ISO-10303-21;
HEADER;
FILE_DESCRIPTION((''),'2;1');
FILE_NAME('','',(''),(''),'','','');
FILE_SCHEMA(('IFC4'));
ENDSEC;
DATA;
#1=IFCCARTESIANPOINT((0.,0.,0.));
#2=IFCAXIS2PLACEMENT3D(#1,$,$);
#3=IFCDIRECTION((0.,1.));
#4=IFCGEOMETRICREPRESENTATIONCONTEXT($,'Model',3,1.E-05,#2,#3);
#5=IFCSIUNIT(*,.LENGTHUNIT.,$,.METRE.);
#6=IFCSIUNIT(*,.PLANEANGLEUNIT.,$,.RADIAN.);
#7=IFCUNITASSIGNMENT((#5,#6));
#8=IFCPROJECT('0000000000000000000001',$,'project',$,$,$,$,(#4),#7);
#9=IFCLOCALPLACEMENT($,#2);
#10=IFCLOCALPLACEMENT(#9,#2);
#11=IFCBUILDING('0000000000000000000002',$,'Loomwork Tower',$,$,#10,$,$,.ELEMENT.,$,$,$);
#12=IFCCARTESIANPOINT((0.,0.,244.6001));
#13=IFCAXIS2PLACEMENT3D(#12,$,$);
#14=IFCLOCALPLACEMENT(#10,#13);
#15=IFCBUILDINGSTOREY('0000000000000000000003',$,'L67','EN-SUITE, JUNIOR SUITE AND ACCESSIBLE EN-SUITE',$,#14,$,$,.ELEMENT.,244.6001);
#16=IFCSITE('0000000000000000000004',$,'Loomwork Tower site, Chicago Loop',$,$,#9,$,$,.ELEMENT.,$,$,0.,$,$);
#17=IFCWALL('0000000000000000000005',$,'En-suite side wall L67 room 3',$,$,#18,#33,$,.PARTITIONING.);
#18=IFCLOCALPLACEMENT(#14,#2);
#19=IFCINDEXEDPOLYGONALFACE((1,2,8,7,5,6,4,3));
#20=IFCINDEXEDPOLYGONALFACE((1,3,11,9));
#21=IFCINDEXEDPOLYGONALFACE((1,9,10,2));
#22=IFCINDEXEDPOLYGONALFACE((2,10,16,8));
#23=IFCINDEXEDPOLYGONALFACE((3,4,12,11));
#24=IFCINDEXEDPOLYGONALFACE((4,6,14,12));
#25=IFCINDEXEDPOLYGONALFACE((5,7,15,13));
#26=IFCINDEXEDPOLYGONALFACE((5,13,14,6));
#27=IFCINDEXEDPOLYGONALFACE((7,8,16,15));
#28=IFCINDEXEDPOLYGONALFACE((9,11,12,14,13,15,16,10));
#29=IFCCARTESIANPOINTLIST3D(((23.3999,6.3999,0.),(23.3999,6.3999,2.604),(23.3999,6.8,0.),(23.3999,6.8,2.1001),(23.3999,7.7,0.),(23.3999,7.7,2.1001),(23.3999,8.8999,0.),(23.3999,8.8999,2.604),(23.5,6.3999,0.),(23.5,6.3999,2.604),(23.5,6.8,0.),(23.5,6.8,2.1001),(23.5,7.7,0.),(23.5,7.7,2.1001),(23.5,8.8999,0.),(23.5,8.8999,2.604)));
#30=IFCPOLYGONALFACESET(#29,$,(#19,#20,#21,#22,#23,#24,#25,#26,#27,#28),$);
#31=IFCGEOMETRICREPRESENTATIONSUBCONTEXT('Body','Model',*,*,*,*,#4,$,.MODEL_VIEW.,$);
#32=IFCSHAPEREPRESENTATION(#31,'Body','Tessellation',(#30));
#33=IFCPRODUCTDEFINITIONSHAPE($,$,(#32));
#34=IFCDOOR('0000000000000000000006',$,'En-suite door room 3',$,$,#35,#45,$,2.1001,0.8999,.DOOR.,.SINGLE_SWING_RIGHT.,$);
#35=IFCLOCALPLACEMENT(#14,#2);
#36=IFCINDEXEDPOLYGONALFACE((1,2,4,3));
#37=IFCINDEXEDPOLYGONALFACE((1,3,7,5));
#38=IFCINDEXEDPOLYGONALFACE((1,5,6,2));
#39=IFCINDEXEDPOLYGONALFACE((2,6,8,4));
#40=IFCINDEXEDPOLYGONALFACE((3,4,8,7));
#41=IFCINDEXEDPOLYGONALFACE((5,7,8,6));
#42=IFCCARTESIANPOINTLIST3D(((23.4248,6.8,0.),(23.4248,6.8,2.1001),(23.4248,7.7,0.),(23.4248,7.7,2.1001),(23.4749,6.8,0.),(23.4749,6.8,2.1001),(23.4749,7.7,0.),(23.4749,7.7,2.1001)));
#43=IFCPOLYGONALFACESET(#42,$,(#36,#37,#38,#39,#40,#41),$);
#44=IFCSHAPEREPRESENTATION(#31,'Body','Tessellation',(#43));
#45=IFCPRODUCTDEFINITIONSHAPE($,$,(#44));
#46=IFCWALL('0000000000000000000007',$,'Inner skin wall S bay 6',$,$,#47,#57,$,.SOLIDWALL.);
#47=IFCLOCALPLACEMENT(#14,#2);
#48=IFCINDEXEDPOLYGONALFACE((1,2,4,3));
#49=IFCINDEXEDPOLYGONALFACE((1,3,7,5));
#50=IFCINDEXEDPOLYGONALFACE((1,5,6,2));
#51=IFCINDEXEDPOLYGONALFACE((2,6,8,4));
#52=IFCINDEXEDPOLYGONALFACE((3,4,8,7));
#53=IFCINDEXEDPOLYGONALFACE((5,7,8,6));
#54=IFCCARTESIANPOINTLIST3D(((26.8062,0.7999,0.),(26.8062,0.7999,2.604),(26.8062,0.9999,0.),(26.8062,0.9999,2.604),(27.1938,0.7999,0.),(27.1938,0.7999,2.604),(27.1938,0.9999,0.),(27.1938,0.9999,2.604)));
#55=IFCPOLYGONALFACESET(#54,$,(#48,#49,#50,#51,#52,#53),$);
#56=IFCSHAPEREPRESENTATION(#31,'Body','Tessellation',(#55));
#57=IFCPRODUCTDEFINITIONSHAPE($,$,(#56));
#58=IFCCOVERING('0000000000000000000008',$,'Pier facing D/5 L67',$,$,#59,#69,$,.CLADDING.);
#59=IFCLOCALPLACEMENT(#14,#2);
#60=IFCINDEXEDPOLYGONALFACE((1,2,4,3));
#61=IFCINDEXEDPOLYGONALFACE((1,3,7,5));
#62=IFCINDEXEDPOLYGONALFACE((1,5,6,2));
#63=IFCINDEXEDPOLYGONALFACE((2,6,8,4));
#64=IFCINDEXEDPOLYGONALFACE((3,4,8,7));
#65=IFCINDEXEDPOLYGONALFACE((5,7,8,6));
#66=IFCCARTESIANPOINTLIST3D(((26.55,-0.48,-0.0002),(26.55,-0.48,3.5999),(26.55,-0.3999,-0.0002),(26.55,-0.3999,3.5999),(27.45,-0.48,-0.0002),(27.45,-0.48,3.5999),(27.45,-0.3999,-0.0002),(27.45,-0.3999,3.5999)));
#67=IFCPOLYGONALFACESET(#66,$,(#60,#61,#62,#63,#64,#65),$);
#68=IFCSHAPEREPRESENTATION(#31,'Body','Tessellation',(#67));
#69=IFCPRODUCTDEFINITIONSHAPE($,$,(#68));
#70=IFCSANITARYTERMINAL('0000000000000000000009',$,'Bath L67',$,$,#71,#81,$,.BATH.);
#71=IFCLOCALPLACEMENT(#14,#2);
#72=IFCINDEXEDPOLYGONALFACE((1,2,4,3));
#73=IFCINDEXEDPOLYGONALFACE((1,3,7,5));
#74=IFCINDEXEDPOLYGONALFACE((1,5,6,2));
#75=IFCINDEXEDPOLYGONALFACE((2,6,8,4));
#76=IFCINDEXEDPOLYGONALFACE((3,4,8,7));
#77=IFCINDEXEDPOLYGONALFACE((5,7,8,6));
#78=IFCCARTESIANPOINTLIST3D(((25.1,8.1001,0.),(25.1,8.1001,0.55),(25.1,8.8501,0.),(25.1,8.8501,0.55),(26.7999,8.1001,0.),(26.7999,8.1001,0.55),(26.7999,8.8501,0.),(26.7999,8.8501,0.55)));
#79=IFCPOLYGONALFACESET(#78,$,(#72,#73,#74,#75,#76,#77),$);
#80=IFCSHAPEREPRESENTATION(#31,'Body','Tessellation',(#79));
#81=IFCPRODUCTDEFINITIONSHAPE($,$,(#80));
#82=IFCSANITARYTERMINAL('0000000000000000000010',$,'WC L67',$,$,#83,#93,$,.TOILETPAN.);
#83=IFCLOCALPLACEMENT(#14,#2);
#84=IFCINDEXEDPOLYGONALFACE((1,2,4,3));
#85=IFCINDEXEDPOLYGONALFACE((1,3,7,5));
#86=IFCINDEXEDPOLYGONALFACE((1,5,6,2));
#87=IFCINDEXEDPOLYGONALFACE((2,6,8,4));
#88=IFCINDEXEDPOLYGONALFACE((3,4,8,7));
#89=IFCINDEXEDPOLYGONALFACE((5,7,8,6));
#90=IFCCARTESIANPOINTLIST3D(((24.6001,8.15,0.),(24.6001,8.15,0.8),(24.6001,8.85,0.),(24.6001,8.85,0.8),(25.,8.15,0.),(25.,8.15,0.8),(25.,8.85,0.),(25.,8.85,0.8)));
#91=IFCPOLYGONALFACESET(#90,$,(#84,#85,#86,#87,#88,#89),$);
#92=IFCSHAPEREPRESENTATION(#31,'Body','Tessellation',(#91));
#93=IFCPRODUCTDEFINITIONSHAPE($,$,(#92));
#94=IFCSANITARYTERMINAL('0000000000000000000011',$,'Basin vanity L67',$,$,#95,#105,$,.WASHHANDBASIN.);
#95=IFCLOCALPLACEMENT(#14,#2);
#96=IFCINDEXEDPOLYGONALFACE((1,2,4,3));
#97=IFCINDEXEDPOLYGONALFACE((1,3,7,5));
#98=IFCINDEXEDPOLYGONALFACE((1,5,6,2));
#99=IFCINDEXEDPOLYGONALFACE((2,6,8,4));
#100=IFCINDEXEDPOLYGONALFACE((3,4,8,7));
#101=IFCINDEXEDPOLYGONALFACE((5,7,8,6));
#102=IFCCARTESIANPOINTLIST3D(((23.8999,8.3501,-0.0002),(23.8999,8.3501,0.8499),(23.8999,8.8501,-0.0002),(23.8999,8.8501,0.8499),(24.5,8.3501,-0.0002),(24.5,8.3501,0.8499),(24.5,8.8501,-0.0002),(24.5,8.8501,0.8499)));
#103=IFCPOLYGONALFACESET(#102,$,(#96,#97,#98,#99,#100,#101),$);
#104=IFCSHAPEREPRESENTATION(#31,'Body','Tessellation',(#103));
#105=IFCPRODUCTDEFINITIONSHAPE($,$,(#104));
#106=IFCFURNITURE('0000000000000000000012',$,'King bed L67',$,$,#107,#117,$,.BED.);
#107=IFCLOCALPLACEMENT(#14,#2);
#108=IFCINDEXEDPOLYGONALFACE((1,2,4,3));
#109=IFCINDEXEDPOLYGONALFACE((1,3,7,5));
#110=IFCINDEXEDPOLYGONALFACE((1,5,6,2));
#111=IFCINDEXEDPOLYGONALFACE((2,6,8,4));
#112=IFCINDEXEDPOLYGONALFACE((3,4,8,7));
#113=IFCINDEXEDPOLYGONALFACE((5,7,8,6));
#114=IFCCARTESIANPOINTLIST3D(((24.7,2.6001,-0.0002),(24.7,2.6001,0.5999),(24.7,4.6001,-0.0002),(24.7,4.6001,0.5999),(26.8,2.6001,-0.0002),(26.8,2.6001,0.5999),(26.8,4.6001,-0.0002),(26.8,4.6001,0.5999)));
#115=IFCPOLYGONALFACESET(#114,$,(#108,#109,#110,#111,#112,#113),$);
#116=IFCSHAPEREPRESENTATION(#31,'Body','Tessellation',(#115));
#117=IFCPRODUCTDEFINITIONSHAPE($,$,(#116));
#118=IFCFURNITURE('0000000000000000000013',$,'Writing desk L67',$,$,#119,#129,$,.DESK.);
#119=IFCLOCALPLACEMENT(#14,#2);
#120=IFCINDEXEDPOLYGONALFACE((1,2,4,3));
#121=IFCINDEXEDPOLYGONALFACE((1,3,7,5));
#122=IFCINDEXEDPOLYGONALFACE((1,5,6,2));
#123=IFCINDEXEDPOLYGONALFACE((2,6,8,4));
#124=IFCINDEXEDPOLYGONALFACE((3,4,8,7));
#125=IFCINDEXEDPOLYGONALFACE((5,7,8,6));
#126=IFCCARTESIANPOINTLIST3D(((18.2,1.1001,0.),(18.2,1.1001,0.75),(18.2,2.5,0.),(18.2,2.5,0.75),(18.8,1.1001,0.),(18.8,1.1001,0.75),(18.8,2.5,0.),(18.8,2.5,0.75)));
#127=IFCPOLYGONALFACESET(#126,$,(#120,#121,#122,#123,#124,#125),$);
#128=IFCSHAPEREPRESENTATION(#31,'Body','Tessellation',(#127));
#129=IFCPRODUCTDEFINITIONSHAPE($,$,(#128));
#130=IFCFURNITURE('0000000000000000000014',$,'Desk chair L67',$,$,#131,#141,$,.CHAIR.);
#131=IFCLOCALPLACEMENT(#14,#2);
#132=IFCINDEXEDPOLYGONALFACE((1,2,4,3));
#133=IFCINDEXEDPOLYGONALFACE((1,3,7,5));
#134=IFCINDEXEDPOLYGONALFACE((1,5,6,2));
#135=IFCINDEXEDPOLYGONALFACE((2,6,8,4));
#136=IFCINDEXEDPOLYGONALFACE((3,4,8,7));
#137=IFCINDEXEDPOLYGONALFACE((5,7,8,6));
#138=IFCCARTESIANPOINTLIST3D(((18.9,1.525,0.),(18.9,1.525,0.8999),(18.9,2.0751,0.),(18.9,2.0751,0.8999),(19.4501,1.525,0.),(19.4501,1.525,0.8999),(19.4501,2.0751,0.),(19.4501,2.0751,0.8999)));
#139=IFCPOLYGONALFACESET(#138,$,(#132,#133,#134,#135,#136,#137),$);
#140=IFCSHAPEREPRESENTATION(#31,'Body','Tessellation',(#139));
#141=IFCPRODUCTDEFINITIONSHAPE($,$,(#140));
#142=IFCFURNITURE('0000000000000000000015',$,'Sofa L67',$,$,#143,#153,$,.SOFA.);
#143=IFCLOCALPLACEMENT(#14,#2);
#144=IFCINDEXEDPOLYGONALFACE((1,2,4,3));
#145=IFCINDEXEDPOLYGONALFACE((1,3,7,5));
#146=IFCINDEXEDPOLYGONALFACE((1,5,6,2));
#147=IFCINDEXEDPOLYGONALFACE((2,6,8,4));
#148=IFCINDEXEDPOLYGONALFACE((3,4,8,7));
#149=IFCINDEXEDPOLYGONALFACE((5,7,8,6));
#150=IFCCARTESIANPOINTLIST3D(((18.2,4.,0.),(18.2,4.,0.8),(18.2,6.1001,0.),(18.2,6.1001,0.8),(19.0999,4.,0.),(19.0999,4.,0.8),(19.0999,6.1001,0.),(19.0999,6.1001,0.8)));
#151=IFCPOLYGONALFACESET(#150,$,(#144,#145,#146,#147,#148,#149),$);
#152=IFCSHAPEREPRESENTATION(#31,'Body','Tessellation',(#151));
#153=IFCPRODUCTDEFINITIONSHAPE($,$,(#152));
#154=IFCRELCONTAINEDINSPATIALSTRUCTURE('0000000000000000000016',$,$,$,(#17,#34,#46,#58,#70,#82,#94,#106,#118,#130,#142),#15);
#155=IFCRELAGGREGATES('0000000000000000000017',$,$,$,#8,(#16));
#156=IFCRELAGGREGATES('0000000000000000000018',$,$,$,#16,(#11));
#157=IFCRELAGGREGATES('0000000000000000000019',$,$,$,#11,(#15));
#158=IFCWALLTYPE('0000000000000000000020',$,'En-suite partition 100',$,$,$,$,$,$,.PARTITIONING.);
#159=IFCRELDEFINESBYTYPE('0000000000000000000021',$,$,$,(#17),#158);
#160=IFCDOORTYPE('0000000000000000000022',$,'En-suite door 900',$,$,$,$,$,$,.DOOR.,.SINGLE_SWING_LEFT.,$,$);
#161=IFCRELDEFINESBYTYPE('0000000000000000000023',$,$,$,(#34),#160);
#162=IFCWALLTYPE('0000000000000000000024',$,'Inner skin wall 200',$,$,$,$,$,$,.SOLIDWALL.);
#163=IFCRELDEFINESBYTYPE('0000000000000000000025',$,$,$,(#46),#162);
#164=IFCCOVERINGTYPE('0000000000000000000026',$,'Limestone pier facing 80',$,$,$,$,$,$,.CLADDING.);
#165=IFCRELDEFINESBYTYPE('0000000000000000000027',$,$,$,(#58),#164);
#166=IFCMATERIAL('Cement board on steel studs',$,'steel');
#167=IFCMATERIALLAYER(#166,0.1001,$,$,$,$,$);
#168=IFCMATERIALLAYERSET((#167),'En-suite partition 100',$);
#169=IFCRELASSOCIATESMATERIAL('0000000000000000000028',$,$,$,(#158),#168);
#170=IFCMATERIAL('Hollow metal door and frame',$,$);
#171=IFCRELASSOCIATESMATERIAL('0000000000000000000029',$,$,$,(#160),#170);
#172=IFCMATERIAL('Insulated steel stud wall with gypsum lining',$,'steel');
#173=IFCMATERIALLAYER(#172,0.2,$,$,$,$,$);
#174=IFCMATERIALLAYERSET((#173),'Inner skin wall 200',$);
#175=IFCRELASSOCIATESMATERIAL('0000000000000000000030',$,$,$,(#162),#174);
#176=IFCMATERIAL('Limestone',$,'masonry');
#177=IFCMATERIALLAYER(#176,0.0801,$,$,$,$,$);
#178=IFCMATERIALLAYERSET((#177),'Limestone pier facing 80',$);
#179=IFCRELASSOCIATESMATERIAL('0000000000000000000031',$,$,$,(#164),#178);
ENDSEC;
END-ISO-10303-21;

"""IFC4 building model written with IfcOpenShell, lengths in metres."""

from ifc_helpers import new_model, si_unit, direction, frame, frame_2d, origin, origin_2d, place, context, subcontext, project, spatial, rectangle, extrude, material, layer, layer_set, type_object, element, fill, save


model = new_model("IFC4")

# Units and contexts
model_context = context("Model", 3, precision=1e-05, world=origin(), true_north=direction((0.0, 1.0)))
body_context = subcontext(model_context, "Body", "Model", "MODEL_VIEW")
ifc_project = project(units=[si_unit("LENGTHUNIT", "METRE"), si_unit("PLANEANGLEUNIT", "RADIAN")], contexts=[model_context])

# Site, building, storey
site_placement = place(None, origin())
site = spatial("IfcSite", under=ifc_project, at=site_placement, Name="Loomwork Tower site, Chicago Loop", CompositionType="ELEMENT", RefElevation=0.0)
building_placement = place(site_placement, origin())
building = spatial("IfcBuilding", under=site, at=building_placement, Name="Loomwork Tower", CompositionType="ELEMENT")
storey_placement = place(building_placement, frame((0.0, 0.0, 244.6001)))
storey = spatial("IfcBuildingStorey", under=building, at=storey_placement, Name="L67", Description="EN-SUITE, JUNIOR SUITE AND ACCESSIBLE EN-SUITE", CompositionType="ELEMENT", Elevation=244.6001)

# Shared definitions
ifc_material_1 = material(Name="Cement board on steel studs", Category="steel")
ifc_layer_1 = layer(ifc_material_1, 0.1001)
ifc_layer_set_1 = layer_set([ifc_layer_1], Name="En-suite partition 100")
wall_type_1 = type_object("IfcWallType", Name="En-suite partition 100", PredefinedType="PARTITIONING", material=ifc_layer_set_1)

# Wall, opening, door
wall_1_placement = place(storey_placement, frame((23.45, 8.8999, 0.0), z_axis=(0.0, 0.0, 1.0), x_axis=(0.0, -1.0, 0.0)))
wall_1 = element("IfcWall", 1, at=wall_1_placement, inside=storey, type_object=wall_type_1, Name="En-suite side wall L67 room 3", PredefinedType="PARTITIONING", context=body_context, shape_type="SweptSolid", body=[
    extrude(rectangle(XDim=2.5, YDim=0.1001, at=frame_2d((1.25, 0.0))), origin(), (0.0, 0.0, 1.0), 2.604),
])
opening_1_placement = place(wall_1_placement, frame((1.2, 0.0, 0.0)))
opening_1 = element("IfcOpeningElement", 2, at=opening_1_placement, cuts=wall_1, PredefinedType="OPENING", context=body_context, shape_type="SweptSolid", body=[
    extrude(rectangle(XDim=0.8999, YDim=2.1001, at=frame_2d((0.45, 1.05))), frame((0.0, 0.0601, 0.0), z_axis=(0.0, -1.0, 0.0), x_axis=(1.0, 0.0, 0.0)), (0.0, 0.0, 1.0), 0.1201),
])
ifc_material_2 = material(Name="Hollow metal door and frame")
door_type_1 = type_object("IfcDoorType", Name="En-suite door 900", OperationType="SINGLE_SWING_LEFT", PredefinedType="DOOR", material=ifc_material_2)
door_1_placement = place(opening_1_placement, origin())
door_1 = element("IfcDoor", 3, at=door_1_placement, inside=storey, type_object=door_type_1, Name="En-suite door room 3", OperationType="SINGLE_SWING_RIGHT", OverallHeight=2.1001, OverallWidth=0.8999, PredefinedType="DOOR", context=body_context, shape_type="SweptSolid", body=[
    extrude(rectangle(XDim=0.8999, YDim=2.1001, at=frame_2d((0.45, 1.05))), frame((0.0, 0.0249, 0.0), z_axis=(0.0, -1.0, 0.0), x_axis=(1.0, 0.0, 0.0)), (0.0, 0.0, 1.0), 0.05),
])
fill(opening_1, door_1)

# Wall
ifc_material_3 = material(Name="Insulated steel stud wall with gypsum lining", Category="steel")
ifc_layer_2 = layer(ifc_material_3, 0.2)
ifc_layer_set_2 = layer_set([ifc_layer_2], Name="Inner skin wall 200")
wall_type_2 = type_object("IfcWallType", Name="Inner skin wall 200", PredefinedType="SOLIDWALL", material=ifc_layer_set_2)
wall_2_placement = place(storey_placement, frame((26.8062, 0.8999, 0.0), z_axis=(0.0, 0.0, 1.0), x_axis=(1.0, 0.0, 0.0)))
element("IfcWall", 4, at=wall_2_placement, inside=storey, type_object=wall_type_2, Name="Inner skin wall S bay 6", PredefinedType="SOLIDWALL", context=body_context, shape_type="SweptSolid", body=[
    extrude(rectangle(XDim=0.3877, YDim=0.2, at=frame_2d((0.1938, 0.0))), origin(), (0.0, 0.0, 1.0), 2.604),
])

# Covering
ifc_material_4 = material(Name="Limestone", Category="masonry")
ifc_layer_3 = layer(ifc_material_4, 0.0801)
ifc_layer_set_3 = layer_set([ifc_layer_3], Name="Limestone pier facing 80")
covering_type = type_object("IfcCoveringType", Name="Limestone pier facing 80", PredefinedType="CLADDING", material=ifc_layer_set_3)
covering_placement = place(storey_placement, frame((27.0, -0.4399, -0.0002), z_axis=(0.0, 0.0, 1.0), x_axis=(1.0, 0.0, 0.0)))
element("IfcCovering", 5, at=covering_placement, inside=storey, type_object=covering_type, Name="Pier facing D/5 L67", PredefinedType="CLADDING", context=body_context, shape_type="SweptSolid", body=[
    extrude(rectangle(XDim=0.8999, YDim=0.0801, at=origin_2d()), origin(), (0.0, 0.0, 1.0), 3.6001),
])

# Sanitary terminals
sanitary_terminal_1_placement = place(storey_placement, frame((25.95, 8.4751, 0.0), z_axis=(0.0, 0.0, 1.0), x_axis=(1.0, 0.0, 0.0)))
element("IfcSanitaryTerminal", 6, at=sanitary_terminal_1_placement, inside=storey, Name="Bath L67", PredefinedType="BATH", context=body_context, shape_type="SweptSolid", body=[
    extrude(rectangle(XDim=1.7, YDim=0.75, at=origin_2d()), origin(), (0.0, 0.0, 1.0), 0.55),
])
sanitary_terminal_2_placement = place(storey_placement, frame((24.8, 8.5, 0.0), z_axis=(0.0, 0.0, 1.0), x_axis=(1.0, 0.0, 0.0)))
element("IfcSanitaryTerminal", 7, at=sanitary_terminal_2_placement, inside=storey, Name="WC L67", PredefinedType="TOILETPAN", context=body_context, shape_type="SweptSolid", body=[
    extrude(rectangle(XDim=0.3999, YDim=0.7, at=origin_2d()), origin(), (0.0, 0.0, 1.0), 0.8),
])
sanitary_terminal_3_placement = place(storey_placement, frame((24.2, 8.6001, -0.0002), z_axis=(0.0, 0.0, 1.0), x_axis=(1.0, 0.0, 0.0)))
element("IfcSanitaryTerminal", 8, at=sanitary_terminal_3_placement, inside=storey, Name="Basin vanity L67", PredefinedType="WASHHANDBASIN", context=body_context, shape_type="SweptSolid", body=[
    extrude(rectangle(XDim=0.6001, YDim=0.5, at=origin_2d()), origin(), (0.0, 0.0, 1.0), 0.8501),
])

# Furniture
furniture_1_placement = place(storey_placement, frame((25.75, 3.6001, -0.0002), z_axis=(0.0, 0.0, 1.0), x_axis=(1.0, 0.0, 0.0)))
element("IfcFurniture", 9, at=furniture_1_placement, inside=storey, Name="King bed L67", PredefinedType="BED", context=body_context, shape_type="SweptSolid", body=[
    extrude(rectangle(XDim=2.1001, YDim=2.0, at=origin_2d()), origin(), (0.0, 0.0, 1.0), 0.6001),
])
furniture_2_placement = place(storey_placement, frame((18.5, 1.8, 0.0), z_axis=(0.0, 0.0, 1.0), x_axis=(1.0, 0.0, 0.0)))
element("IfcFurniture", 10, at=furniture_2_placement, inside=storey, Name="Writing desk L67", PredefinedType="DESK", context=body_context, shape_type="SweptSolid", body=[
    extrude(rectangle(XDim=0.6001, YDim=1.3999, at=origin_2d()), origin(), (0.0, 0.0, 1.0), 0.75),
])
furniture_3_placement = place(storey_placement, frame((19.175, 1.8, 0.0), z_axis=(0.0, 0.0, 1.0), x_axis=(1.0, 0.0, 0.0)))
element("IfcFurniture", 11, at=furniture_3_placement, inside=storey, Name="Desk chair L67", PredefinedType="CHAIR", context=body_context, shape_type="SweptSolid", body=[
    extrude(rectangle(XDim=0.55, YDim=0.55, at=origin_2d()), origin(), (0.0, 0.0, 1.0), 0.8999),
])
furniture_4_placement = place(storey_placement, frame((18.6499, 5.05, 0.0), z_axis=(0.0, 0.0, 1.0), x_axis=(1.0, 0.0, 0.0)))
element("IfcFurniture", 12, at=furniture_4_placement, inside=storey, Name="Sofa L67", PredefinedType="SOFA", context=body_context, shape_type="SweptSolid", body=[
    extrude(rectangle(XDim=0.8999, YDim=2.1001, at=origin_2d()), origin(), (0.0, 0.0, 1.0), 0.8),
])

save(model, "model.ifc")
